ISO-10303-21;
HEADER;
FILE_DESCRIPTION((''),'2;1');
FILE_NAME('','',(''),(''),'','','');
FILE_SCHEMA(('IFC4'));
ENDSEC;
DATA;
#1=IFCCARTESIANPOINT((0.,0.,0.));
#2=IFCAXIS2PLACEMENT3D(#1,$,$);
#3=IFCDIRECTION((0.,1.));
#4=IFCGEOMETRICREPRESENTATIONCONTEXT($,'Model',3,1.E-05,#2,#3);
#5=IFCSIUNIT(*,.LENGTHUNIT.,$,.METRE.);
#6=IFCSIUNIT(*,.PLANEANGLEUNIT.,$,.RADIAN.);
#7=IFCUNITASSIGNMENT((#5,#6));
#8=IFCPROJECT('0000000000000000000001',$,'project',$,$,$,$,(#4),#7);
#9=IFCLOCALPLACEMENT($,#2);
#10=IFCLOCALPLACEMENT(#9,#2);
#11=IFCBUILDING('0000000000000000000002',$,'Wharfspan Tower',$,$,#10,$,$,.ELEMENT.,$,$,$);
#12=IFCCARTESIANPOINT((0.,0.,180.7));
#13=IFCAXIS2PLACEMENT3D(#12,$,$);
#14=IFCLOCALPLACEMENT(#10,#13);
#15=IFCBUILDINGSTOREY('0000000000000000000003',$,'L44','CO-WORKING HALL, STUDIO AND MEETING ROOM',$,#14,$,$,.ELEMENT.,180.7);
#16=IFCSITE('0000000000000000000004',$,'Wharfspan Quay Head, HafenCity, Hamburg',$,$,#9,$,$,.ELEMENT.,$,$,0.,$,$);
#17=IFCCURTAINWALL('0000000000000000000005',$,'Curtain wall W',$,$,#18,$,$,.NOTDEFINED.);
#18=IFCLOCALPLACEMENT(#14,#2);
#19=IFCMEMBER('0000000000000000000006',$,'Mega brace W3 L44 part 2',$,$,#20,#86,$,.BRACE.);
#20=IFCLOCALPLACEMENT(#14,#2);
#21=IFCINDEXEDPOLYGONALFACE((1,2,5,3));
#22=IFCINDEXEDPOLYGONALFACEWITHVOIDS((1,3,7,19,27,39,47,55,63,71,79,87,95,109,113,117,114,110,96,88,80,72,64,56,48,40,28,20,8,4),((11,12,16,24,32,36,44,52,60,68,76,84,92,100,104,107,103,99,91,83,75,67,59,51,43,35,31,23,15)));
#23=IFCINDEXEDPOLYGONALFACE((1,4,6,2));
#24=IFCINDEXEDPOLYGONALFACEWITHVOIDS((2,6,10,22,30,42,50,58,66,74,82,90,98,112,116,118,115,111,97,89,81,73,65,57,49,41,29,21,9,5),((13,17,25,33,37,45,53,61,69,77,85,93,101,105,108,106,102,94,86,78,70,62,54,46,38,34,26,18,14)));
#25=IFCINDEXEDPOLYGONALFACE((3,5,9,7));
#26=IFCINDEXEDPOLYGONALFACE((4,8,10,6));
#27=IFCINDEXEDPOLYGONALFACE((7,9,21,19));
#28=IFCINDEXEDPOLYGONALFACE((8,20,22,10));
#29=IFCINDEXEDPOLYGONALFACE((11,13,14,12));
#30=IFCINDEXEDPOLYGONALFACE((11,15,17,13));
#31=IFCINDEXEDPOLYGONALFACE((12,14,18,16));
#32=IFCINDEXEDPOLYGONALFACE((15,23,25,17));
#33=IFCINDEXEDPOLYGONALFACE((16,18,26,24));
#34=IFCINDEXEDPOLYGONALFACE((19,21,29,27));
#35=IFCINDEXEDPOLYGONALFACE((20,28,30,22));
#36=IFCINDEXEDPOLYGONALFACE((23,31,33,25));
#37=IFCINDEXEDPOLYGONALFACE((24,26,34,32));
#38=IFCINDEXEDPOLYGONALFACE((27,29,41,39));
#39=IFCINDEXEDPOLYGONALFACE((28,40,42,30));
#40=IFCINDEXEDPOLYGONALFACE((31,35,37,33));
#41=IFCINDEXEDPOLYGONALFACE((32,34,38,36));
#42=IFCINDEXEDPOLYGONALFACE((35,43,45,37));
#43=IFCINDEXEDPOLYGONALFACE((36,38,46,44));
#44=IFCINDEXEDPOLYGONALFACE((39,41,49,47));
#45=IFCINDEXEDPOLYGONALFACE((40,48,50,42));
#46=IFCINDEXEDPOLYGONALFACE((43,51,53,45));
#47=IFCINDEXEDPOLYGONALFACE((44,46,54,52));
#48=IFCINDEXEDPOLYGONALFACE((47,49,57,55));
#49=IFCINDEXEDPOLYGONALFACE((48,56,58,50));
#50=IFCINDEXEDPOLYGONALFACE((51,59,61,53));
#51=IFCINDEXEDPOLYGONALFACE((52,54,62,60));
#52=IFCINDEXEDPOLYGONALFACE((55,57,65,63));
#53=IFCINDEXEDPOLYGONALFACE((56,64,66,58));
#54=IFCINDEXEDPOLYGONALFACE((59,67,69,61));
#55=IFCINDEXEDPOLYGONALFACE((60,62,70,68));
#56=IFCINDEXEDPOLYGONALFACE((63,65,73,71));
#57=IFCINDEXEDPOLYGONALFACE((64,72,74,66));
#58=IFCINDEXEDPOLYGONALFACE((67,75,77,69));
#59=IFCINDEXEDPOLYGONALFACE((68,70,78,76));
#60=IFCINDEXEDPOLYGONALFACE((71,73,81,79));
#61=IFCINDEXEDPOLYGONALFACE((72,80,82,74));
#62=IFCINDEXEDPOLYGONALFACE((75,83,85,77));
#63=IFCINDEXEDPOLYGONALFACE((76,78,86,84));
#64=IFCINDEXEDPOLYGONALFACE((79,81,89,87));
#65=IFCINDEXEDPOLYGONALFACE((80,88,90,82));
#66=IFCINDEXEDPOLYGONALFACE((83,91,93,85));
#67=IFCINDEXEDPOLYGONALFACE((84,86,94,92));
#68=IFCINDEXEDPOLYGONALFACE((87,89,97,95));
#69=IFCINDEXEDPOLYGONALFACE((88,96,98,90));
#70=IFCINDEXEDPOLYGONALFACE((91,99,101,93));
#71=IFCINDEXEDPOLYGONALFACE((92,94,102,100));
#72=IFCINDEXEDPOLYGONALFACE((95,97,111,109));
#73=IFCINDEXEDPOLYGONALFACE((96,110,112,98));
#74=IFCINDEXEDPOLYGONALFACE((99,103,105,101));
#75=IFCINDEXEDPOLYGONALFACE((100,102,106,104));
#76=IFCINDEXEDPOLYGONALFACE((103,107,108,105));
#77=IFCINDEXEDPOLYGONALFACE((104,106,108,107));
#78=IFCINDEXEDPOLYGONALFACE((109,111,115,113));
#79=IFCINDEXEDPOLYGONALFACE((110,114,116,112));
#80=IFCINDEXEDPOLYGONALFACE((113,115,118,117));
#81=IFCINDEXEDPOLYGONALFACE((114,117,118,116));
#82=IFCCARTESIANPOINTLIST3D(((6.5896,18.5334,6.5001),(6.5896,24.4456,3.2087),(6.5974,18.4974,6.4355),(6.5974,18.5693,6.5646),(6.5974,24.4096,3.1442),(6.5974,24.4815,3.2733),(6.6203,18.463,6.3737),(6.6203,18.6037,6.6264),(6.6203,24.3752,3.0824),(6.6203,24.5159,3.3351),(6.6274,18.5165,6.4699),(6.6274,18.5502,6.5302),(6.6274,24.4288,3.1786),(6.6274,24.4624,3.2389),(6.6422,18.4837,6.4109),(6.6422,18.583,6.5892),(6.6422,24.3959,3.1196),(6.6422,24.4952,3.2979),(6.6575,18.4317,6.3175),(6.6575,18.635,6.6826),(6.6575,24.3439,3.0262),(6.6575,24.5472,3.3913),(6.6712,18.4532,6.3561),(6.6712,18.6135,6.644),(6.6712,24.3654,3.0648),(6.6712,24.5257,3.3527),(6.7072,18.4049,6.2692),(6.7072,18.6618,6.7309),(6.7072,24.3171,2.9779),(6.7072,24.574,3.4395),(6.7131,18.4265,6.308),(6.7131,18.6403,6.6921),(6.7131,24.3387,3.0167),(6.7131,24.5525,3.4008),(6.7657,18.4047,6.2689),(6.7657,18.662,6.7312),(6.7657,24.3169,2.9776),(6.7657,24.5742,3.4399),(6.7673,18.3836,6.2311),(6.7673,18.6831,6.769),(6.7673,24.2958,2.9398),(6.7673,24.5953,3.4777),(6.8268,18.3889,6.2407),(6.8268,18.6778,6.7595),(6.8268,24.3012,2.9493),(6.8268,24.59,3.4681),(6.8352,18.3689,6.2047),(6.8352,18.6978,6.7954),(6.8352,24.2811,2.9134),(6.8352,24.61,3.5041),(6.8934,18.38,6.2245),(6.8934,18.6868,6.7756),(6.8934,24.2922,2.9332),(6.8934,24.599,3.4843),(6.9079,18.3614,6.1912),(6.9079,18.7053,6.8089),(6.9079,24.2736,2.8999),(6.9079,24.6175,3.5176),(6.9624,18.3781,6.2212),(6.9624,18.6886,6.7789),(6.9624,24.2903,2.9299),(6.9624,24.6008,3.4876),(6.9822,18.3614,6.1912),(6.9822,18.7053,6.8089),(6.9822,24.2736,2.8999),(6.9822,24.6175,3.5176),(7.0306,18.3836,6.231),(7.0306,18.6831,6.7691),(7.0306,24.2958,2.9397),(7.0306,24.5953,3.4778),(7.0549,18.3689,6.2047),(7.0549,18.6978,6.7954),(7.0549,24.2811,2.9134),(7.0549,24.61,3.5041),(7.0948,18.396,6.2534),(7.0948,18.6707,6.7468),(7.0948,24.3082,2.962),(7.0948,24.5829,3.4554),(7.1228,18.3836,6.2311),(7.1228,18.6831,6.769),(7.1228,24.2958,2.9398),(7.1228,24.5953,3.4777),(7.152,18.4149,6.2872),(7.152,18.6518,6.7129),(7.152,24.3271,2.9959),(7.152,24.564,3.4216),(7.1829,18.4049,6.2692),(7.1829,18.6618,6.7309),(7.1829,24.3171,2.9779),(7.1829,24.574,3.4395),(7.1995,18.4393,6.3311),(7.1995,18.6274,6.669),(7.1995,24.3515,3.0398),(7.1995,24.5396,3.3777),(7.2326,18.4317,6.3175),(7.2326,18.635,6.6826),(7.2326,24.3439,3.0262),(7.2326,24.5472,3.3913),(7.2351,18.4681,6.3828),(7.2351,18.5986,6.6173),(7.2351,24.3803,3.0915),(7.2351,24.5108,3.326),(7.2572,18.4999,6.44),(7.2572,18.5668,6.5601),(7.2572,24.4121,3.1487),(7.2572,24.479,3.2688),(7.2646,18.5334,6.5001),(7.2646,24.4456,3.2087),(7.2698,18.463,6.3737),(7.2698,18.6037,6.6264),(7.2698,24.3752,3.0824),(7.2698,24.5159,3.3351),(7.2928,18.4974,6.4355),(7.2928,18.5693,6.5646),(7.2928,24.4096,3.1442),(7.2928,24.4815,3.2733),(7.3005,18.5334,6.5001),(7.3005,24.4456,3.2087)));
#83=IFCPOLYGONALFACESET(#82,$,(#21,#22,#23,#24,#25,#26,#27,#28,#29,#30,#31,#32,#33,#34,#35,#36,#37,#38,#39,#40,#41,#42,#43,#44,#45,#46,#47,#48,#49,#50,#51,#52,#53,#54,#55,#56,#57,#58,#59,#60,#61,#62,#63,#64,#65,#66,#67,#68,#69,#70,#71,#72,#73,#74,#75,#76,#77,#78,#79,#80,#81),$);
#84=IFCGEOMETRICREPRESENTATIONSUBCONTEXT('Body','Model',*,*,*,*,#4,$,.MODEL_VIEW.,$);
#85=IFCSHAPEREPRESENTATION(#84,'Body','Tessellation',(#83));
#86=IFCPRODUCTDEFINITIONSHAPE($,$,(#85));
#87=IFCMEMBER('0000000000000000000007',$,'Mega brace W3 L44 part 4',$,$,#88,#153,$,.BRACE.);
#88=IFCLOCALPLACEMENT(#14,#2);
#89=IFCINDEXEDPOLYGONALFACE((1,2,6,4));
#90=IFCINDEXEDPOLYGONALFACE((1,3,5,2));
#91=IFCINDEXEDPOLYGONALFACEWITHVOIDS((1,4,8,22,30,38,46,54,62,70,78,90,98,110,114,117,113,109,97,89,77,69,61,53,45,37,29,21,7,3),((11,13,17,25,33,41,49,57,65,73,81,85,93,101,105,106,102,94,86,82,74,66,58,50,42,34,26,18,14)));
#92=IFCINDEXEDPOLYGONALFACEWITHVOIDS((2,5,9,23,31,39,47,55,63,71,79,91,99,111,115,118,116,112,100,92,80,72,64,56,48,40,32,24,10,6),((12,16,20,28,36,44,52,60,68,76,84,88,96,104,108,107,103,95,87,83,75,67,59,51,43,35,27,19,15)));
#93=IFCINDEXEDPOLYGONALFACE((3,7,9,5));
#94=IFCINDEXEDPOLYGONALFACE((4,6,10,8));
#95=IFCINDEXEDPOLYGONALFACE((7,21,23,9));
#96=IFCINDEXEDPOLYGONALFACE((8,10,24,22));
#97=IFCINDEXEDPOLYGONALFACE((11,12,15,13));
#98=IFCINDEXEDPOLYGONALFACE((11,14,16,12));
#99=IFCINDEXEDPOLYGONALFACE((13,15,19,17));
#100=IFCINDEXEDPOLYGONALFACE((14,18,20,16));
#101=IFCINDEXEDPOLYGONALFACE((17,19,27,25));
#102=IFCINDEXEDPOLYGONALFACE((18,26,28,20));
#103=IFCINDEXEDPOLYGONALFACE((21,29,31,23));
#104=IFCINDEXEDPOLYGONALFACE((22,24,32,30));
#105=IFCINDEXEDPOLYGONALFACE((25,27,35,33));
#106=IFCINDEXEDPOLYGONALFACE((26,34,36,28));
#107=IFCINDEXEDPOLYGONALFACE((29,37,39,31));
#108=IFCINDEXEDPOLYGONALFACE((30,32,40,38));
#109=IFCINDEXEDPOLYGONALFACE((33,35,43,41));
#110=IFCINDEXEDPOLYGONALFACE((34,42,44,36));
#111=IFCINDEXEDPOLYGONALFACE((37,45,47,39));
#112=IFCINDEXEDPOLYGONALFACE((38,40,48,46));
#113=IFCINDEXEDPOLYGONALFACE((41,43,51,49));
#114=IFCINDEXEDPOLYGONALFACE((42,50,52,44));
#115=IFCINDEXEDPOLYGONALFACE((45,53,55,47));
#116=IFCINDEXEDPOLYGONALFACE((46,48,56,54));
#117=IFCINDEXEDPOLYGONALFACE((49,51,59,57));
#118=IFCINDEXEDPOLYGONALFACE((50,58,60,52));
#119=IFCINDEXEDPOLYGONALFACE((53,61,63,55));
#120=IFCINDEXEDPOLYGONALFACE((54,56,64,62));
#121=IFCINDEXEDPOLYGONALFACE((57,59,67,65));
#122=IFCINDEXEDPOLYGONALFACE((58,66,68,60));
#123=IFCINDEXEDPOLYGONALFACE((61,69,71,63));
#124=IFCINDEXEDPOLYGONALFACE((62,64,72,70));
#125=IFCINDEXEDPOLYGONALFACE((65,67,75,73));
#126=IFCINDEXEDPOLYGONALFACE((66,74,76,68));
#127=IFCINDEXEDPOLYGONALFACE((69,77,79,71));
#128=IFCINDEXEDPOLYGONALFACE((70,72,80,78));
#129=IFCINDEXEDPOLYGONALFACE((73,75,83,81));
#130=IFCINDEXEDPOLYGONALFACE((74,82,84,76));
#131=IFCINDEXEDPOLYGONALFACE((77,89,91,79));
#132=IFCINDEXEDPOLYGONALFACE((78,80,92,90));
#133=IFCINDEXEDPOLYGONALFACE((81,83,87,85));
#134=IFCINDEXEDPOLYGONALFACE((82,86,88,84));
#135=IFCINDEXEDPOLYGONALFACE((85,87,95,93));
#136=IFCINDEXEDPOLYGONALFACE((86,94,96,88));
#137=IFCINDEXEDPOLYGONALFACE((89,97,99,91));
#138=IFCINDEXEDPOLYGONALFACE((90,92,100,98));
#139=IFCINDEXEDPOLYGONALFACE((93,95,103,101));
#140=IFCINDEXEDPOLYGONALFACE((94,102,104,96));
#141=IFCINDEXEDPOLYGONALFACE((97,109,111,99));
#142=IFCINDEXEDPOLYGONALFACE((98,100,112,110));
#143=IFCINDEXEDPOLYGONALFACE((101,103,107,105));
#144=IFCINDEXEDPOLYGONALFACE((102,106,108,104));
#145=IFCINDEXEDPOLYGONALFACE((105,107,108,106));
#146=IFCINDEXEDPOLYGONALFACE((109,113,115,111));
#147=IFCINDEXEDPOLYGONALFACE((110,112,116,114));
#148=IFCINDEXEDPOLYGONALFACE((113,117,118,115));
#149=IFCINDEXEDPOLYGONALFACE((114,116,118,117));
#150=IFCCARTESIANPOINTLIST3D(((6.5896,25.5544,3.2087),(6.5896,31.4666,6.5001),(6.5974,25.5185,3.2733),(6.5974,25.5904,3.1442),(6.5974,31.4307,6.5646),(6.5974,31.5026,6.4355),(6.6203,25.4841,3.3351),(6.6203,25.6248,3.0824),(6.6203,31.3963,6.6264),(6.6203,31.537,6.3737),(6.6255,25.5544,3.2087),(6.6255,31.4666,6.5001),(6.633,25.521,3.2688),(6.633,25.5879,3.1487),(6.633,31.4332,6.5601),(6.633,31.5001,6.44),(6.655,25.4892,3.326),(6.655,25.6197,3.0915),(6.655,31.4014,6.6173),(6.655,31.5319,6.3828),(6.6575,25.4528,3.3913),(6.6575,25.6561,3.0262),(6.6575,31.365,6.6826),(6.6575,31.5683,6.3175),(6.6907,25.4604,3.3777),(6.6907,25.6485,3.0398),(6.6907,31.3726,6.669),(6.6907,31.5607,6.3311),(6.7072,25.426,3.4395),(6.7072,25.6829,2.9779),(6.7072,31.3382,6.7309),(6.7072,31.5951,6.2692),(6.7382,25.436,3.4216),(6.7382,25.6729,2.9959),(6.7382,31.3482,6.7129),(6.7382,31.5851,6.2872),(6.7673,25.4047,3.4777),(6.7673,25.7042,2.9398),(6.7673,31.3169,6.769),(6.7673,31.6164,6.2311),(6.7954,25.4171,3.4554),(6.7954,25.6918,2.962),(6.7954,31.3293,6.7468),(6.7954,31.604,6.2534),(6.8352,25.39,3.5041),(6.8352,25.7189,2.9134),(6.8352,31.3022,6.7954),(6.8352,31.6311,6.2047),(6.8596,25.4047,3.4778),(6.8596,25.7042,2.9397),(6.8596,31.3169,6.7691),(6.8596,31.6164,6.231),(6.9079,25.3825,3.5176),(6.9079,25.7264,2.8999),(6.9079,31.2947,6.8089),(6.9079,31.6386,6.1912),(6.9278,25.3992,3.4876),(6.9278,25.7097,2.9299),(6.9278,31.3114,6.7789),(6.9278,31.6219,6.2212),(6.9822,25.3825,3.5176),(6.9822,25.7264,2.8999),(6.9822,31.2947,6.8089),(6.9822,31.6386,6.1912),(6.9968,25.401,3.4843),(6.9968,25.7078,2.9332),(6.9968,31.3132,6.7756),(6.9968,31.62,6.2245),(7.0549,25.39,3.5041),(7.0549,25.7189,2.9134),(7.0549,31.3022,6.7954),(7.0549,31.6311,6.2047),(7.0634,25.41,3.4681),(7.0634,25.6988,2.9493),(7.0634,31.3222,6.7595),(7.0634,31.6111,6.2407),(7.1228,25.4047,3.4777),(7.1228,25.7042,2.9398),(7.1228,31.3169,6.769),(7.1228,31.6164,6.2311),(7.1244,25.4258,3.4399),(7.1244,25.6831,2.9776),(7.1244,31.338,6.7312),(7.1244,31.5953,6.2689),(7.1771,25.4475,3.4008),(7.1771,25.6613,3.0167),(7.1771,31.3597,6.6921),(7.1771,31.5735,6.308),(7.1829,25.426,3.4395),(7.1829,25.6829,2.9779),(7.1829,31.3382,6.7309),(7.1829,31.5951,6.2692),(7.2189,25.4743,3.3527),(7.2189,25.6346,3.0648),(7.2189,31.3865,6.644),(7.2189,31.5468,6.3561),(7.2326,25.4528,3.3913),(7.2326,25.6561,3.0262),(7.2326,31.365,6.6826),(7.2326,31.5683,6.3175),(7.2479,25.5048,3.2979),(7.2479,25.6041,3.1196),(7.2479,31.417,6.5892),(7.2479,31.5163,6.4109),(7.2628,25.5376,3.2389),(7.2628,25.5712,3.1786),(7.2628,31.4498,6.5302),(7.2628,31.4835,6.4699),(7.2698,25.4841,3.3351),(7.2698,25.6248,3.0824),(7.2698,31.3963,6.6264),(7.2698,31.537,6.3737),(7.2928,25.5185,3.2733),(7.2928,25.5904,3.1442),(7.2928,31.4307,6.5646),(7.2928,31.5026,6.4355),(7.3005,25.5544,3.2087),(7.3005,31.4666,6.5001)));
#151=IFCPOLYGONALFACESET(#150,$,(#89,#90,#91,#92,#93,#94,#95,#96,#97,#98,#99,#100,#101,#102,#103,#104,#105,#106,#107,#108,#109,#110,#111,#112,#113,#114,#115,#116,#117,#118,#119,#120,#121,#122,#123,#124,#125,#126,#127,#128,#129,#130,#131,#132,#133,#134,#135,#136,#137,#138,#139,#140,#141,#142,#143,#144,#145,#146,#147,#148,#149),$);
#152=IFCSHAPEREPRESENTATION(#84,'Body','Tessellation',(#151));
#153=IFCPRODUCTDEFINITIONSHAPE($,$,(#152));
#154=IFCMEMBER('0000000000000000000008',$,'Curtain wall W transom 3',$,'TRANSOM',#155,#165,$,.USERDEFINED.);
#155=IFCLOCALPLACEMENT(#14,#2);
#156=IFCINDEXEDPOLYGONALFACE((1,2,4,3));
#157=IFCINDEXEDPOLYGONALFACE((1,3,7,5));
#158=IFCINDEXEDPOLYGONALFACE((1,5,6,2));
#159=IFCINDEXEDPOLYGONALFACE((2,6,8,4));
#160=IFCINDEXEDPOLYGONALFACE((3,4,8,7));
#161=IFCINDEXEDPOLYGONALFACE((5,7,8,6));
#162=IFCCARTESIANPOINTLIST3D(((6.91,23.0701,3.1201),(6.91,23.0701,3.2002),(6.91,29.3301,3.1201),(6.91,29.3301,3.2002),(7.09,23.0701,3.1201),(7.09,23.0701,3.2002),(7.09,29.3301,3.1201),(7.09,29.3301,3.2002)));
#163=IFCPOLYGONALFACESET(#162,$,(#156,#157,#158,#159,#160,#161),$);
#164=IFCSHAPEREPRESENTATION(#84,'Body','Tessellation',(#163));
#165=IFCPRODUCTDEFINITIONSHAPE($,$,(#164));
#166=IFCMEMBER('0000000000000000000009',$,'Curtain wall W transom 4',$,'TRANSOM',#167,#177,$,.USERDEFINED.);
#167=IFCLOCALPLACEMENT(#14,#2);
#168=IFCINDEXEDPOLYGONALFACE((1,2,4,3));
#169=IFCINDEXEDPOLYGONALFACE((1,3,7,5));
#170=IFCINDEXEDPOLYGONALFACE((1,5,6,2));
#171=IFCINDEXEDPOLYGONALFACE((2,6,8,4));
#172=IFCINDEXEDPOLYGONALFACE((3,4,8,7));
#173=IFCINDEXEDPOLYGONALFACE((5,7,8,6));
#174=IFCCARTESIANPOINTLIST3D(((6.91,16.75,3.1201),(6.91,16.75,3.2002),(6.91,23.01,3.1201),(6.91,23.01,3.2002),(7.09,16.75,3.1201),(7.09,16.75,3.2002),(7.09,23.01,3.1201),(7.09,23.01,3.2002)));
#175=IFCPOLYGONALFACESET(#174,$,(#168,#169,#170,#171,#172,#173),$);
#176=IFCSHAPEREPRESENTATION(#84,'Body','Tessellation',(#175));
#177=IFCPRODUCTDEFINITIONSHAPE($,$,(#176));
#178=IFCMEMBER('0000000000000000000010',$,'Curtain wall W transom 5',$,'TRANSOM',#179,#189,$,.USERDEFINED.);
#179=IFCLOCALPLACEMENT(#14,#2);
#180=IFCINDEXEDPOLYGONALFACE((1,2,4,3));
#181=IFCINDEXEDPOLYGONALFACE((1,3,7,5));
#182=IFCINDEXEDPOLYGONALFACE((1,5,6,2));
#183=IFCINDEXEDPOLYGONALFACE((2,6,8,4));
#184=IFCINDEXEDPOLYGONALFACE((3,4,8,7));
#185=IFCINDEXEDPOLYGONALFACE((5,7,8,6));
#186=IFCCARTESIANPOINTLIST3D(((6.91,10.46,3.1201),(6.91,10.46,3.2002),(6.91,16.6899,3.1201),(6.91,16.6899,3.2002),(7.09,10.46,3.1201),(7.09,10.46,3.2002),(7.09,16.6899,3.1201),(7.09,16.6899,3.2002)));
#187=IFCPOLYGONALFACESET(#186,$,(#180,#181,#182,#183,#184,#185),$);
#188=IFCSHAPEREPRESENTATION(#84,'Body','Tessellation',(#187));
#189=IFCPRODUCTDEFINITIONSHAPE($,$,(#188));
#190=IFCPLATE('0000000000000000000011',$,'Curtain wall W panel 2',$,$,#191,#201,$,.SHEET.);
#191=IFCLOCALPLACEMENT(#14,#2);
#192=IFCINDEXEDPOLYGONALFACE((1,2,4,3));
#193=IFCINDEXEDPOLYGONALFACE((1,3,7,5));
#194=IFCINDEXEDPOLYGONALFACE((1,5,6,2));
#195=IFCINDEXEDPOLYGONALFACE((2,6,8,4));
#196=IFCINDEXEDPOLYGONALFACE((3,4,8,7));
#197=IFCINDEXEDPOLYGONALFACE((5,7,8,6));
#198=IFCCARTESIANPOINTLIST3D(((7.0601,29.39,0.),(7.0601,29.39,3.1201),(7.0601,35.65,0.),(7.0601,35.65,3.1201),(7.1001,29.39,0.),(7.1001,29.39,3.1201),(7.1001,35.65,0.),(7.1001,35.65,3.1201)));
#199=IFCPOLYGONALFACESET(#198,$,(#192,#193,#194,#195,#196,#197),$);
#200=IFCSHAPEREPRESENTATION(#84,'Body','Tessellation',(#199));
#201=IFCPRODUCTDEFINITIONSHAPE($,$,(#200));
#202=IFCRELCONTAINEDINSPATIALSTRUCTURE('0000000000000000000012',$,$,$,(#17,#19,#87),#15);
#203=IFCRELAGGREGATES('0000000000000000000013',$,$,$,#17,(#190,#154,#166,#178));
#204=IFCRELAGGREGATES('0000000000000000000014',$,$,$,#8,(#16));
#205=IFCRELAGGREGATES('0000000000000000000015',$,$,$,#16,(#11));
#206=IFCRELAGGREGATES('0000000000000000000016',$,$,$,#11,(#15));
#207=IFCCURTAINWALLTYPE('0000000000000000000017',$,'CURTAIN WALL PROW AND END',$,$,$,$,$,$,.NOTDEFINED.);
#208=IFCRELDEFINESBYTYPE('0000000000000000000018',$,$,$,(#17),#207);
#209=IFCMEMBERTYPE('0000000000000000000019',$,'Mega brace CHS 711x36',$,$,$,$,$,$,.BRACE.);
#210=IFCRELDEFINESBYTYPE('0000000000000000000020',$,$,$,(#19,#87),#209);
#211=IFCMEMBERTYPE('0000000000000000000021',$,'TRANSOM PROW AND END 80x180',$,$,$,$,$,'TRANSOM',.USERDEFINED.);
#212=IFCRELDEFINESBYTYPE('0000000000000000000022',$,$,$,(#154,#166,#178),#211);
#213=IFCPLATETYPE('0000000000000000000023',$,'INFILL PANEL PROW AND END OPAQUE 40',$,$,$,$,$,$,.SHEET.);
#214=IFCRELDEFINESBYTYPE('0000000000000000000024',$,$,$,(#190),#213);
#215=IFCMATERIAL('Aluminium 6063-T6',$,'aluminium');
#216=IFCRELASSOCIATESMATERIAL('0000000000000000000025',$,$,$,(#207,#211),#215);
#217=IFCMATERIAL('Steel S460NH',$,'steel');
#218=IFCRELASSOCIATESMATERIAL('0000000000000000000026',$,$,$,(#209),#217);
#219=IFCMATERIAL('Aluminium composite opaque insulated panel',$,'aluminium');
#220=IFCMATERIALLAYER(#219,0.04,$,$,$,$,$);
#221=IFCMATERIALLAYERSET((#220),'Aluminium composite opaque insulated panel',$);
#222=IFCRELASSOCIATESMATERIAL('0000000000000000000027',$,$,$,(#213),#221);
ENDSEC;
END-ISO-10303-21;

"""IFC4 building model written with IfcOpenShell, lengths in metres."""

from ifc_helpers import new_model, si_unit, direction, frame, origin, origin_2d, place, context, subcontext, project, spatial, rectangle, hollow_circle, extrude, material, layer, layer_set, material_profile, profile_set, type_object, element, aggregate, save


model = new_model("IFC4")

# Units and contexts
model_context = context("Model", 3, precision=1e-05, world=origin(), true_north=direction((0.0, 1.0)))
body_context = subcontext(model_context, "Body", "Model", "MODEL_VIEW")
ifc_project = project(units=[si_unit("LENGTHUNIT", "METRE"), si_unit("PLANEANGLEUNIT", "RADIAN")], contexts=[model_context])

# Site, building, storey
site_placement = place(None, origin())
site = spatial("IfcSite", under=ifc_project, at=site_placement, Name="Wharfspan Quay Head, HafenCity, Hamburg", CompositionType="ELEMENT", RefElevation=0.0)
building_placement = place(site_placement, origin())
building = spatial("IfcBuilding", under=site, at=building_placement, Name="Wharfspan Tower", CompositionType="ELEMENT")
storey_placement = place(building_placement, frame((0.0, 0.0, 180.7)))
storey = spatial("IfcBuildingStorey", under=building, at=storey_placement, Name="L44", Description="CO-WORKING HALL, STUDIO AND MEETING ROOM", CompositionType="ELEMENT", Elevation=180.7)

# Curtain wall
ifc_material_1 = material(Name="Aluminium 6063-T6", Category="aluminium")
curtain_wall_type = type_object("IfcCurtainWallType", Name="CURTAIN WALL PROW AND END", PredefinedType="NOTDEFINED", material=ifc_material_1)
curtain_wall_placement = place(storey_placement, origin())
curtain_wall = element("IfcCurtainWall", 1, at=curtain_wall_placement, inside=storey, type_object=curtain_wall_type, Name="Curtain wall W", PredefinedType="NOTDEFINED")

# Members
ifc_material_2 = material(Name="Steel S460NH", Category="steel")
ifc_material_profile_1 = material_profile(ifc_material_2, hollow_circle(Radius=0.3555, WallThickness=0.0359, at=origin_2d()))
ifc_profile_set_1 = profile_set([ifc_material_profile_1], Name="Steel S460NH")
member_type_1 = type_object("IfcMemberType", Name="Mega brace CHS 711x36", PredefinedType="BRACE", material=ifc_profile_set_1)
for number, where, z_axis, x_axis, name in (
    (2, (6.9451, 24.4456, 3.2087), (0.0, -0.873733, 0.486406), (1.0, 0.0, 0.0), "Mega brace W3 L44 part 2"),
    (3, (6.9451, 25.5544, 3.2087), (0.0, 0.873733, 0.486406), (-1.0, 0.0, 0.0), "Mega brace W3 L44 part 4"),
):
    element("IfcMember", number, at=place(storey_placement, frame(where, z_axis=z_axis, x_axis=x_axis)), inside=storey, type_object=member_type_1, Name=name, PredefinedType="BRACE", context=body_context, shape_type="SweptSolid", body=[
        extrude(hollow_circle(Radius=0.3555, WallThickness=0.0359, at=origin_2d()), origin(), (0.0, 0.0, 1.0), 6.7666),
    ])

# Members
ifc_material_profile_2 = material_profile(ifc_material_1, rectangle(XDim=0.1799, YDim=0.0801, at=origin_2d()))
ifc_profile_set_2 = profile_set([ifc_material_profile_2], Name="Aluminium 6063-T6")
member_type_2 = type_object("IfcMemberType", Name="TRANSOM PROW AND END 80x180", ElementType="TRANSOM", PredefinedType="USERDEFINED", material=ifc_profile_set_2)
member_1_placement = place(storey_placement, frame((7.0, 29.3301, 3.1602), z_axis=(0.0, -1.0, 0.0), x_axis=(1.0, 0.0, 0.0)))
member_1 = element("IfcMember", 4, at=member_1_placement, type_object=member_type_2, Name="Curtain wall W transom 3", ObjectType="TRANSOM", PredefinedType="USERDEFINED", context=body_context, shape_type="SweptSolid", body=[
    extrude(rectangle(XDim=0.1799, YDim=0.0801, at=origin_2d()), origin(), (0.0, 0.0, 1.0), 6.26),
])
member_2_placement = place(storey_placement, frame((7.0, 23.01, 3.1602), z_axis=(0.0, -1.0, 0.0), x_axis=(1.0, 0.0, 0.0)))
member_2 = element("IfcMember", 5, at=member_2_placement, type_object=member_type_2, Name="Curtain wall W transom 4", ObjectType="TRANSOM", PredefinedType="USERDEFINED", context=body_context, shape_type="SweptSolid", body=[
    extrude(rectangle(XDim=0.1799, YDim=0.0801, at=origin_2d()), origin(), (0.0, 0.0, 1.0), 6.26),
])
member_3_placement = place(storey_placement, frame((7.0, 16.6899, 3.1602), z_axis=(0.0, -1.0, 0.0), x_axis=(1.0, 0.0, 0.0)))
member_3 = element("IfcMember", 6, at=member_3_placement, type_object=member_type_2, Name="Curtain wall W transom 5", ObjectType="TRANSOM", PredefinedType="USERDEFINED", context=body_context, shape_type="SweptSolid", body=[
    extrude(rectangle(XDim=0.1799, YDim=0.0801, at=origin_2d()), origin(), (0.0, 0.0, 1.0), 6.23),
])

# Plate
ifc_material_3 = material(Name="Aluminium composite opaque insulated panel", Category="aluminium")
ifc_layer_1 = layer(ifc_material_3, 0.04)
ifc_layer_set_1 = layer_set([ifc_layer_1], Name="Aluminium composite opaque insulated panel")
plate_type = type_object("IfcPlateType", Name="INFILL PANEL PROW AND END OPAQUE 40", PredefinedType="SHEET", material=ifc_layer_set_1)
plate_1_placement = place(storey_placement, frame((7.0801, 32.52, 0.0), z_axis=(0.0, 0.0, 1.0), x_axis=(0.0, -1.0, 0.0)))
plate_1 = element("IfcPlate", 7, at=plate_1_placement, type_object=plate_type, Name="Curtain wall W panel 2", PredefinedType="SHEET", context=body_context, shape_type="SweptSolid", body=[
    extrude(rectangle(XDim=6.26, YDim=0.04, at=origin_2d()), origin(), (0.0, 0.0, 1.0), 3.1201),
])
aggregate(curtain_wall, [plate_1, member_1, member_2, member_3])

save(model, "model.ifc")
